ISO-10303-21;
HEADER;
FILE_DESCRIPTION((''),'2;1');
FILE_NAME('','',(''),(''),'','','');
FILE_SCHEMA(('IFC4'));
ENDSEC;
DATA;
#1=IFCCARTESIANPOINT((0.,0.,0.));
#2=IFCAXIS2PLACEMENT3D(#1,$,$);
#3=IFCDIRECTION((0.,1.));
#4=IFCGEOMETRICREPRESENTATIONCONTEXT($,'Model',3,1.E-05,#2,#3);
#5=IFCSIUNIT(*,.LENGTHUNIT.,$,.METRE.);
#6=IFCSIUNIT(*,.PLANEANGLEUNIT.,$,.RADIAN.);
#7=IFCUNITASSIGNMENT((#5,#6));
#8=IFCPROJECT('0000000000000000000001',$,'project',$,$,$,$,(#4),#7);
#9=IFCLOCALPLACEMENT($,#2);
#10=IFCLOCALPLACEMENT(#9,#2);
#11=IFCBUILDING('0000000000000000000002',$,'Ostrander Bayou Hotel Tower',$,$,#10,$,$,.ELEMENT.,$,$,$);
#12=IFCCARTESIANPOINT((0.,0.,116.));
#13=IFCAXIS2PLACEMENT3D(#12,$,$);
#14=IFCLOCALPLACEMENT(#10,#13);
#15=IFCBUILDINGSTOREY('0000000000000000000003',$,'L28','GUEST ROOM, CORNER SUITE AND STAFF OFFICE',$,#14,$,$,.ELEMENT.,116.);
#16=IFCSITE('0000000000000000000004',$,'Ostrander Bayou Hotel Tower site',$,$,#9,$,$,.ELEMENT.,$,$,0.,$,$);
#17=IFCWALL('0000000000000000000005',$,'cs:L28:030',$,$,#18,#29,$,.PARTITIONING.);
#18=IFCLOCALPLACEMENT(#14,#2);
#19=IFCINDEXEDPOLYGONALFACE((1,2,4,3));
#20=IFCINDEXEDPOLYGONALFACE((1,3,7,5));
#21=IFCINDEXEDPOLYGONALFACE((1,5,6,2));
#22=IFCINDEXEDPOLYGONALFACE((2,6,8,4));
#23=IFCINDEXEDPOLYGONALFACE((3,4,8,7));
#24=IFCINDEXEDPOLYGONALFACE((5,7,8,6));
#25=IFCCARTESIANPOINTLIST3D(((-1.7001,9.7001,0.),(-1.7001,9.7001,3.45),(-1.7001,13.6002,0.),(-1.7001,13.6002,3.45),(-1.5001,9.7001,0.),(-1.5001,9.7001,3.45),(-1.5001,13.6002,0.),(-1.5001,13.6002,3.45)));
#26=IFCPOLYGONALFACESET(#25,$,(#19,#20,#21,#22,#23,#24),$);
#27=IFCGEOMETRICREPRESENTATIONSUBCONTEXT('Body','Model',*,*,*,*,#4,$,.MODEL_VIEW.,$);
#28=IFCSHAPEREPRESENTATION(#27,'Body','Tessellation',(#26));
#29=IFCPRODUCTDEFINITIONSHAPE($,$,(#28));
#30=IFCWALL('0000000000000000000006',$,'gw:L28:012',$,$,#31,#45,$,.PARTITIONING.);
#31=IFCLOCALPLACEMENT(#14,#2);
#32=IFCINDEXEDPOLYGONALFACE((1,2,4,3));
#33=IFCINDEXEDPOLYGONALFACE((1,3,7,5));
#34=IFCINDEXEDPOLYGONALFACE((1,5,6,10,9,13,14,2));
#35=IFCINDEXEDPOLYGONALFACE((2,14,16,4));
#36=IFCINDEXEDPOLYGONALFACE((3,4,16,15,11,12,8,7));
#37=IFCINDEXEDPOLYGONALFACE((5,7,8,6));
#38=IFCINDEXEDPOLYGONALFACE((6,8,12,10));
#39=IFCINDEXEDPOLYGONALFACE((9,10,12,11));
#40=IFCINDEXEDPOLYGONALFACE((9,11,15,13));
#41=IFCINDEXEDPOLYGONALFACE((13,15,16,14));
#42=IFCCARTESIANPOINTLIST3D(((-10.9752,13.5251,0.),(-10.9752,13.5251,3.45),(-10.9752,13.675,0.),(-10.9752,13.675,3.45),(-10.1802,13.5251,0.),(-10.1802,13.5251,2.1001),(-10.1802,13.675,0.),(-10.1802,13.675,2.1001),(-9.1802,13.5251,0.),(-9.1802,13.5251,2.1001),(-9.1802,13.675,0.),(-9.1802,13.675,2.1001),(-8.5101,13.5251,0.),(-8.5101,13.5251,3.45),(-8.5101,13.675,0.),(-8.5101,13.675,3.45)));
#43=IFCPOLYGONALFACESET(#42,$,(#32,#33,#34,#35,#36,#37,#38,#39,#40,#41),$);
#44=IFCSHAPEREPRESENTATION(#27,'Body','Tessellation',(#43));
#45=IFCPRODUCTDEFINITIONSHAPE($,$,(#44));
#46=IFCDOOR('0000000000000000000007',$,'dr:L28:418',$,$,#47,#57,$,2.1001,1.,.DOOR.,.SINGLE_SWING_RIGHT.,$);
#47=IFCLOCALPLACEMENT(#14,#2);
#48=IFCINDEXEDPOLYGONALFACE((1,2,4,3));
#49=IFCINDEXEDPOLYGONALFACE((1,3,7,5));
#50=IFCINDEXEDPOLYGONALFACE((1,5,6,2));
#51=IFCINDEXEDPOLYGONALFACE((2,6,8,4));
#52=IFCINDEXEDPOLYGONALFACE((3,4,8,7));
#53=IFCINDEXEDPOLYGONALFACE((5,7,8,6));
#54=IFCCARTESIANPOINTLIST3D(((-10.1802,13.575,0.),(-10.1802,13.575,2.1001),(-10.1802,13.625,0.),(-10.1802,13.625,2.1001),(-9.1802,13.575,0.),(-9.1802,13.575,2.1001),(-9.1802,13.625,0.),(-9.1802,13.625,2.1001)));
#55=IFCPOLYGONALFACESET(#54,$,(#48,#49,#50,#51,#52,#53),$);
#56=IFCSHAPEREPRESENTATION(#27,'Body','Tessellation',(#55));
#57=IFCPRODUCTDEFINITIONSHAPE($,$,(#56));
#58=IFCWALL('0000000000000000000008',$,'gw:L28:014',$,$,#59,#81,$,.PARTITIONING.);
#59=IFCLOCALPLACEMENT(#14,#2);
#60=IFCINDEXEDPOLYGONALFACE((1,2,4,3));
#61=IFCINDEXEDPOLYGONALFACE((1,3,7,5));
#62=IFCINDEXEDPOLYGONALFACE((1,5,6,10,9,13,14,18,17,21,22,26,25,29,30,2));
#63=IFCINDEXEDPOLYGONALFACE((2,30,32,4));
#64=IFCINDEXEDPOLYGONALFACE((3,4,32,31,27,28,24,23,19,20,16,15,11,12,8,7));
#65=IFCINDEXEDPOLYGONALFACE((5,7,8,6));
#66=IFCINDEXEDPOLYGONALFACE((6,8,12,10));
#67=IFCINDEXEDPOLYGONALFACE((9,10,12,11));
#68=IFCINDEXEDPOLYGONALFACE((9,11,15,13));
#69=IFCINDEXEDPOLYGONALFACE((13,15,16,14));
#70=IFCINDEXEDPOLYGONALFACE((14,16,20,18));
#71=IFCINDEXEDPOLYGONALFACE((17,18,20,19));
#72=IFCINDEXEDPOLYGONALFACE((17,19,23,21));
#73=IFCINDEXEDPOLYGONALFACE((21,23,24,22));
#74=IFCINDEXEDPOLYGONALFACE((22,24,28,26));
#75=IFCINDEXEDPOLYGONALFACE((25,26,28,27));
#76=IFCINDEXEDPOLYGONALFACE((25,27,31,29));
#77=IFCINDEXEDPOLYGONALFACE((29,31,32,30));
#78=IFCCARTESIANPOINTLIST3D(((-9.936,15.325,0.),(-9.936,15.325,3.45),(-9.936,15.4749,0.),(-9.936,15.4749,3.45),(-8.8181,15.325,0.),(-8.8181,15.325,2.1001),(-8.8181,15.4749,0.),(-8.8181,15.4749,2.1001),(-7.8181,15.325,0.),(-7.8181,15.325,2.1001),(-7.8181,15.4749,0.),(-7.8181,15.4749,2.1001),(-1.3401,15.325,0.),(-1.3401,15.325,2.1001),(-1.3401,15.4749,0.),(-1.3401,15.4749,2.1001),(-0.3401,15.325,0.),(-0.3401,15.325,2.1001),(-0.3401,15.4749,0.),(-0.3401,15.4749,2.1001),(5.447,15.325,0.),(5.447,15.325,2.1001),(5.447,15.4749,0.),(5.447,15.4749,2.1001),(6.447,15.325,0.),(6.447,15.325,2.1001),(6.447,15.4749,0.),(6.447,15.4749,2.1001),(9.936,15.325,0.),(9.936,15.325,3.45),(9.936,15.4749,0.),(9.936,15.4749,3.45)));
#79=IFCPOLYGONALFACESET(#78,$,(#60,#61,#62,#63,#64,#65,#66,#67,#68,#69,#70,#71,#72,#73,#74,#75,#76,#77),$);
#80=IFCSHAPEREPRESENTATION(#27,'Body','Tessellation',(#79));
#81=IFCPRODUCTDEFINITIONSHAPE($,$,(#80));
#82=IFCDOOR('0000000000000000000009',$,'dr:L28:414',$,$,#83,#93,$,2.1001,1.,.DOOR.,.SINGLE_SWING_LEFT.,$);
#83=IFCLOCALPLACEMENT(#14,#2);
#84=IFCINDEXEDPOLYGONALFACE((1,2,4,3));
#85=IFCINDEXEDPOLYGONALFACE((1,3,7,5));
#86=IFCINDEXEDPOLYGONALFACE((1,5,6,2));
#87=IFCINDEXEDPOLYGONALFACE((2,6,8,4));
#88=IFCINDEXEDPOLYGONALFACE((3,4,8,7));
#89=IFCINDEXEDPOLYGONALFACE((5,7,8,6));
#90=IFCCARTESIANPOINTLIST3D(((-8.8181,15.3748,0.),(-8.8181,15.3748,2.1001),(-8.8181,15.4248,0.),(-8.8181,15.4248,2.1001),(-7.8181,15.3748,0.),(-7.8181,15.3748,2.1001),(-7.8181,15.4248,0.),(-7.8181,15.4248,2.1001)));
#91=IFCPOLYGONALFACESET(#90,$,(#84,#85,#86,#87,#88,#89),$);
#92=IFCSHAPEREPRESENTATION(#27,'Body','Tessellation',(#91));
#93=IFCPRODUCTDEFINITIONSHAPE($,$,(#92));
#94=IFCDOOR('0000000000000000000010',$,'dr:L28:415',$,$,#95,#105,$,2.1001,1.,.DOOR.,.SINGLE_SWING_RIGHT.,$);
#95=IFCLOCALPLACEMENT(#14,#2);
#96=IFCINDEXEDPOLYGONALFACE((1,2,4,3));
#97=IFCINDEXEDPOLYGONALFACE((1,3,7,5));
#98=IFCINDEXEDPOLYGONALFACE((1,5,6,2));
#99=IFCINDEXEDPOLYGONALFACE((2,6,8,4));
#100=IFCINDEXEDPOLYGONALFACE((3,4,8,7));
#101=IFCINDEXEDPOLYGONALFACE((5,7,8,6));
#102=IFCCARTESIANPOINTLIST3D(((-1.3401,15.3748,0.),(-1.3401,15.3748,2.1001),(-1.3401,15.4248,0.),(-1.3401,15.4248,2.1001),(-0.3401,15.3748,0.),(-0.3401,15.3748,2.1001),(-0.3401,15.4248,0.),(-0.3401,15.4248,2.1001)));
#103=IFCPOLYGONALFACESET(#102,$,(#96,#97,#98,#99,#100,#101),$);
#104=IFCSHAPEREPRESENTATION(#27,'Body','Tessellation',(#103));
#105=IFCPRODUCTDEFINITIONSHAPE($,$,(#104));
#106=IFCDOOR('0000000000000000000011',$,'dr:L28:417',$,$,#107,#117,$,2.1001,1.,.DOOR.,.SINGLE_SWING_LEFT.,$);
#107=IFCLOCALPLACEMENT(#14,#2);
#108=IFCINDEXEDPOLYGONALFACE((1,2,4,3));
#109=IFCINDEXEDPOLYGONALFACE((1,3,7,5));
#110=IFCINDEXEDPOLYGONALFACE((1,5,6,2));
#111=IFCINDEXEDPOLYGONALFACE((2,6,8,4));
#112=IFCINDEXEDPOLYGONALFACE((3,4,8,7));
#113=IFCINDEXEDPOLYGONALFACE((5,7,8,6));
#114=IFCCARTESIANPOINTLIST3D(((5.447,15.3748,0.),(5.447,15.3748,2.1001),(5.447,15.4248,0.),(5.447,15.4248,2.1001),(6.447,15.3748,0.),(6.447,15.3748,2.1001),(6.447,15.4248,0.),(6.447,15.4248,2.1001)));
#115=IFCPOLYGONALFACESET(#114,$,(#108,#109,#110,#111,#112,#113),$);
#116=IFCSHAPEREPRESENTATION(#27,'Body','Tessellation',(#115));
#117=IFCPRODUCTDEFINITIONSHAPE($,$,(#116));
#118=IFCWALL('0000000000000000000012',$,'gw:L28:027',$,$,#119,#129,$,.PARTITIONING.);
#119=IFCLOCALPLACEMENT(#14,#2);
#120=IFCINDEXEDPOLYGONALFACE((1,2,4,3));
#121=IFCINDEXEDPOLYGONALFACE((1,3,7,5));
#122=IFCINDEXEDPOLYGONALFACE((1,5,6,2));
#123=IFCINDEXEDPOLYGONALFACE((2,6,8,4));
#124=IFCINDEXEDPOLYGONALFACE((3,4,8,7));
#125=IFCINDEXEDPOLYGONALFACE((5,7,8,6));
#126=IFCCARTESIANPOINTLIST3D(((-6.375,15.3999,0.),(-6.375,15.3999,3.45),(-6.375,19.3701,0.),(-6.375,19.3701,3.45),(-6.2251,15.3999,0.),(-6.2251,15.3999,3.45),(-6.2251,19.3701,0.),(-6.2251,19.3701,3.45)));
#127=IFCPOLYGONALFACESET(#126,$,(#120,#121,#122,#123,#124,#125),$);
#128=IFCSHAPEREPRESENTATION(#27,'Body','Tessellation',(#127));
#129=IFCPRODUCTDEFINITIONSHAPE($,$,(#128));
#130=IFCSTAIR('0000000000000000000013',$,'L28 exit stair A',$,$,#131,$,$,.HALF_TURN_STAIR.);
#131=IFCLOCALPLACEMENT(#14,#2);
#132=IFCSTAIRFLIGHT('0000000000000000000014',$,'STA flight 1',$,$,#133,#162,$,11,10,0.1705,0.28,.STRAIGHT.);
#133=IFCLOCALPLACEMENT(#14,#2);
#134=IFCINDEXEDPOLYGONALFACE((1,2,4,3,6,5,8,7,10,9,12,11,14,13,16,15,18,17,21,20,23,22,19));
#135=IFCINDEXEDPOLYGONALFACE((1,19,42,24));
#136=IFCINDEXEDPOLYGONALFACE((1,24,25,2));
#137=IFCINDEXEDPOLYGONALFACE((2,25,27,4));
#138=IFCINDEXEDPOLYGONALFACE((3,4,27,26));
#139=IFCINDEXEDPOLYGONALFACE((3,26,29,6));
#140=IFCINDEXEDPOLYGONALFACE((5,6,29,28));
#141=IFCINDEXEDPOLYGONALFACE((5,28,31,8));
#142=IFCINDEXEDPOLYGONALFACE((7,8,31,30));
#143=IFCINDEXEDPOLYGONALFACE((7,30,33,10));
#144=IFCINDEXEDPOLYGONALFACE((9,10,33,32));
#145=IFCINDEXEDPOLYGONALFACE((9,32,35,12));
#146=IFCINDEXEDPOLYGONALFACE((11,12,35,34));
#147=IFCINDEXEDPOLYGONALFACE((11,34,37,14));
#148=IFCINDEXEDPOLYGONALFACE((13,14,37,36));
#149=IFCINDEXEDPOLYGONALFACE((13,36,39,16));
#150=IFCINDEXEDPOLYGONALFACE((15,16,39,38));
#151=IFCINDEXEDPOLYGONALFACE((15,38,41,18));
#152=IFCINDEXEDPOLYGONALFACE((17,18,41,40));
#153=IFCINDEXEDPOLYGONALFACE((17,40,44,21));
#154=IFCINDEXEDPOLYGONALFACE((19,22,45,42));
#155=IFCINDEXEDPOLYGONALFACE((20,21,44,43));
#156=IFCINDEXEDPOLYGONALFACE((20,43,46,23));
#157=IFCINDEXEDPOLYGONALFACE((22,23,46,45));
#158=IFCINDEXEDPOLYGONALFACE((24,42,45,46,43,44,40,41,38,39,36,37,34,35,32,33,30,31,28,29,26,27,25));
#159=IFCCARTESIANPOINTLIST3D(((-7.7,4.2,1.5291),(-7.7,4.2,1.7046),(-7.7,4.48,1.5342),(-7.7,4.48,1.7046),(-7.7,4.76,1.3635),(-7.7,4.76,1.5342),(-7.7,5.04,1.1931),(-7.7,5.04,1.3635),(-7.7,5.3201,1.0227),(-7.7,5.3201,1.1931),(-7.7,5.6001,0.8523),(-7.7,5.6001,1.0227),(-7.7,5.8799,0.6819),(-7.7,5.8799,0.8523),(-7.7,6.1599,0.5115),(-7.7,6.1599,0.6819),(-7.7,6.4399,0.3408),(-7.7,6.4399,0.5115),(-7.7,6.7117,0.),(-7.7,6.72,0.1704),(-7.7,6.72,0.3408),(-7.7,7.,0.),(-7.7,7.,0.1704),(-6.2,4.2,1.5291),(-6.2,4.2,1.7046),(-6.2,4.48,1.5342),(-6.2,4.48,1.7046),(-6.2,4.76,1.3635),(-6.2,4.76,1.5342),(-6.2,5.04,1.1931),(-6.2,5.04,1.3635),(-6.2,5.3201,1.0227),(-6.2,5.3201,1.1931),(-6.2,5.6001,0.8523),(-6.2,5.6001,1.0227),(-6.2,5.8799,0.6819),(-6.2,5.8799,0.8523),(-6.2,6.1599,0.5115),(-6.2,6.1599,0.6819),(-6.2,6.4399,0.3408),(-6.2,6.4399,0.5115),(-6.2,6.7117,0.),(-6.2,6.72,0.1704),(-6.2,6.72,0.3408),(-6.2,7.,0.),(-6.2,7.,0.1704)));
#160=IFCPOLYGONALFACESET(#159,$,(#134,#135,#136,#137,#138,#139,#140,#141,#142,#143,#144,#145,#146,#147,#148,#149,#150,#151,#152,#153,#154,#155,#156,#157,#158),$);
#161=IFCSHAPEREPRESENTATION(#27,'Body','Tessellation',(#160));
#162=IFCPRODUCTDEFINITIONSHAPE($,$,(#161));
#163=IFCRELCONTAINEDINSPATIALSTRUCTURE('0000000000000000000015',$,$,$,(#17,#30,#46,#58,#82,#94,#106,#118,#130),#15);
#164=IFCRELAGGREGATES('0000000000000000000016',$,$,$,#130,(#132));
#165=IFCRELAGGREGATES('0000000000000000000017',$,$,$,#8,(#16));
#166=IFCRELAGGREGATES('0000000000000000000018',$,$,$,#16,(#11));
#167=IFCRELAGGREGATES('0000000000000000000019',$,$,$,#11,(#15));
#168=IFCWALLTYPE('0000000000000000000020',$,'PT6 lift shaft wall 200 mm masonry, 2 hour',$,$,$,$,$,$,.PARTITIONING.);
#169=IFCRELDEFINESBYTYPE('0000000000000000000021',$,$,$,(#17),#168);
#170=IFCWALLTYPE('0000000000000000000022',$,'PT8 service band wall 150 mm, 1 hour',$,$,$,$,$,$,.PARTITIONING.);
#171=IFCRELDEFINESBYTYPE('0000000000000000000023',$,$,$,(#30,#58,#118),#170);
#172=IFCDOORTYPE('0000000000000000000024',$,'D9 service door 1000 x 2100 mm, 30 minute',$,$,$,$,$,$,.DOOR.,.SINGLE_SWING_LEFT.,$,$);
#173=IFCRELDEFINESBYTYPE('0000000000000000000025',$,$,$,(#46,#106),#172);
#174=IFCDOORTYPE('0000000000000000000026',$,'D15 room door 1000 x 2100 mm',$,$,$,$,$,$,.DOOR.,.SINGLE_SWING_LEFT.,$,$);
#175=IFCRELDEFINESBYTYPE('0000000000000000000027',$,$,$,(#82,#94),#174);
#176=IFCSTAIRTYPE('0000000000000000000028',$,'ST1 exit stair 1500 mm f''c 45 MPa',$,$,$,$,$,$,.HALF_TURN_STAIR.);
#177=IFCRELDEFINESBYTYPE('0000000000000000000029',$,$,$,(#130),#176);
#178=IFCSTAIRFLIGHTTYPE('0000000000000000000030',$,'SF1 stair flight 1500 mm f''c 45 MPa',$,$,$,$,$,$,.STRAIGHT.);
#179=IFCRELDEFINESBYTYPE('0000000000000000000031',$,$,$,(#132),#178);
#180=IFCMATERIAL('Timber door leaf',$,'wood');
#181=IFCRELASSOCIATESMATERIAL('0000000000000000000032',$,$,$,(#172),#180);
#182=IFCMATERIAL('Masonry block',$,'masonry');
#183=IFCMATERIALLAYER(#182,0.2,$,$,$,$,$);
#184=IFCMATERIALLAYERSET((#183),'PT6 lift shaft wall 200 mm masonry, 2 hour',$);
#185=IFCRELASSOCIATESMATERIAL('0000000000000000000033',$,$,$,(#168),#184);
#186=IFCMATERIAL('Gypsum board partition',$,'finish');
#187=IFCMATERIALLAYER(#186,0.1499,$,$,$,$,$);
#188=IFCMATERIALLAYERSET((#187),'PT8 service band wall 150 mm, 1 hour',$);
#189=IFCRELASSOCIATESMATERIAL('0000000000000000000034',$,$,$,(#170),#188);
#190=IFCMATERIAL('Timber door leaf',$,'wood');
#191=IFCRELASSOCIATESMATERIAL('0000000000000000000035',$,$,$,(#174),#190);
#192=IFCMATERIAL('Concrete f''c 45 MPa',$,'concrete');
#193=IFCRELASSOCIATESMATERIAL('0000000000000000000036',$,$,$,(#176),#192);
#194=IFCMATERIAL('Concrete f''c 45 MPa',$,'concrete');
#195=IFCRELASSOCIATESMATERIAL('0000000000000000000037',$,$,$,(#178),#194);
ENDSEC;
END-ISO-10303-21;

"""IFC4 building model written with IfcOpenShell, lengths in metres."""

from ifc_helpers import new_model, si_unit, direction, frame, frame_2d, origin, place, context, subcontext, project, spatial, polyline, rectangle, outline, extrude, material, layer, layer_set, type_object, element, fill, aggregate, save


model = new_model("IFC4")

# Units and contexts
model_context = context("Model", 3, precision=1e-05, world=origin(), true_north=direction((0.0, 1.0)))
body_context = subcontext(model_context, "Body", "Model", "MODEL_VIEW")
ifc_project = project(units=[si_unit("LENGTHUNIT", "METRE"), si_unit("PLANEANGLEUNIT", "RADIAN")], contexts=[model_context])

# Site, building, storey
site_placement = place(None, origin())
site = spatial("IfcSite", under=ifc_project, at=site_placement, Name="Ostrander Bayou Hotel Tower site", CompositionType="ELEMENT", RefElevation=0.0)
building_placement = place(site_placement, origin())
building = spatial("IfcBuilding", under=site, at=building_placement, Name="Ostrander Bayou Hotel Tower", CompositionType="ELEMENT")
storey_placement = place(building_placement, frame((0.0, 0.0, 116.0)))
storey = spatial("IfcBuildingStorey", under=building, at=storey_placement, Name="L28", Description="GUEST ROOM, CORNER SUITE AND STAFF OFFICE", CompositionType="ELEMENT", Elevation=116.0)

# Shared definitions
ifc_material_1 = material(Name="Timber door leaf", Category="wood")
door_type_1 = type_object("IfcDoorType", Name="D9 service door 1000 x 2100 mm, 30 minute", OperationType="SINGLE_SWING_LEFT", PredefinedType="DOOR", material=ifc_material_1)

# Wall
ifc_material_2 = material(Name="Masonry block", Category="masonry")
ifc_layer_1 = layer(ifc_material_2, 0.2)
ifc_layer_set_1 = layer_set([ifc_layer_1], Name="PT6 lift shaft wall 200 mm masonry, 2 hour")
wall_type_1 = type_object("IfcWallType", Name="PT6 lift shaft wall 200 mm masonry, 2 hour", PredefinedType="PARTITIONING", material=ifc_layer_set_1)
wall_1_placement = place(storey_placement, frame((-1.6001, 9.7, 0.0), z_axis=(0.0, 0.0, 1.0), x_axis=(0.0, 1.0, 0.0)))
element("IfcWall", 1, at=wall_1_placement, inside=storey, type_object=wall_type_1, Name="cs:L28:030", PredefinedType="PARTITIONING", context=body_context, shape_type="SweptSolid", body=[
    extrude(rectangle(XDim=3.9001, YDim=0.2, at=frame_2d((1.9502, 0.0))), origin(), (0.0, 0.0, 1.0), 3.45),
])

# Wall, opening, door
ifc_material_3 = material(Name="Gypsum board partition", Category="finish")
ifc_layer_2 = layer(ifc_material_3, 0.1499)
ifc_layer_set_2 = layer_set([ifc_layer_2], Name="PT8 service band wall 150 mm, 1 hour")
wall_type_2 = type_object("IfcWallType", Name="PT8 service band wall 150 mm, 1 hour", PredefinedType="PARTITIONING", material=ifc_layer_set_2)
wall_2_placement = place(storey_placement, frame((-10.9751, 13.6001, 0.0), z_axis=(0.0, 0.0, 1.0), x_axis=(1.0, 0.0, 0.0)))
wall_2 = element("IfcWall", 2, at=wall_2_placement, inside=storey, type_object=wall_type_2, Name="gw:L28:012", PredefinedType="PARTITIONING", context=body_context, shape_type="SweptSolid", body=[
    extrude(rectangle(XDim=2.4651, YDim=0.1499, at=frame_2d((1.2324, 0.0))), origin(), (0.0, 0.0, 1.0), 3.45),
])
opening_1_placement = place(wall_2_placement, frame((0.7949, 0.0, 0.0)))
opening_1 = element("IfcOpeningElement", 3, at=opening_1_placement, cuts=wall_2, PredefinedType="OPENING", context=body_context, shape_type="SweptSolid", body=[
    extrude(rectangle(XDim=1.0, YDim=2.1001, at=frame_2d((0.5, 1.05))), frame((0.0, 0.075, 0.0), z_axis=(0.0, -1.0, 0.0), x_axis=(1.0, 0.0, 0.0)), (0.0, 0.0, 1.0), 0.1499),
])
door_1_placement = place(opening_1_placement, origin())
door_1 = element("IfcDoor", 4, at=door_1_placement, inside=storey, type_object=door_type_1, Name="dr:L28:418", OperationType="SINGLE_SWING_RIGHT", OverallHeight=2.1001, OverallWidth=1.0, PredefinedType="DOOR", context=body_context, shape_type="SweptSolid", body=[
    extrude(rectangle(XDim=1.0, YDim=2.1001, at=frame_2d((0.5, 1.05))), frame((0.0, 0.0249, 0.0), z_axis=(0.0, -1.0, 0.0), x_axis=(1.0, 0.0, 0.0)), (0.0, 0.0, 1.0), 0.05),
])
fill(opening_1, door_1)

# Wall, openings, doors
wall_3_placement = place(storey_placement, frame((-9.936, 15.3999, 0.0), z_axis=(0.0, 0.0, 1.0), x_axis=(1.0, 0.0, 0.0)))
wall_3 = element("IfcWall", 5, at=wall_3_placement, inside=storey, type_object=wall_type_2, Name="gw:L28:014", PredefinedType="PARTITIONING", context=body_context, shape_type="SweptSolid", body=[
    extrude(rectangle(XDim=19.8721, YDim=0.1499, at=frame_2d((9.936, 0.0))), origin(), (0.0, 0.0, 1.0), 3.45),
])
opening_2_placement = place(wall_3_placement, frame((1.1179, 0.0, 0.0)))
opening_2 = element("IfcOpeningElement", 6, at=opening_2_placement, cuts=wall_3, PredefinedType="OPENING", context=body_context, shape_type="SweptSolid", body=[
    extrude(rectangle(XDim=1.0, YDim=2.1001, at=frame_2d((0.5, 1.05))), frame((0.0, 0.075, 0.0), z_axis=(0.0, -1.0, 0.0), x_axis=(1.0, 0.0, 0.0)), (0.0, 0.0, 1.0), 0.1499),
])
opening_3_placement = place(wall_3_placement, frame((8.5959, 0.0, 0.0)))
opening_3 = element("IfcOpeningElement", 7, at=opening_3_placement, cuts=wall_3, PredefinedType="OPENING", context=body_context, shape_type="SweptSolid", body=[
    extrude(rectangle(XDim=1.0, YDim=2.1001, at=frame_2d((0.5, 1.05))), frame((0.0, 0.075, 0.0), z_axis=(0.0, -1.0, 0.0), x_axis=(1.0, 0.0, 0.0)), (0.0, 0.0, 1.0), 0.1499),
])
opening_4_placement = place(wall_3_placement, frame((15.3831, 0.0, 0.0)))
opening_4 = element("IfcOpeningElement", 8, at=opening_4_placement, cuts=wall_3, PredefinedType="OPENING", context=body_context, shape_type="SweptSolid", body=[
    extrude(rectangle(XDim=1.0, YDim=2.1001, at=frame_2d((0.5, 1.05))), frame((0.0, 0.075, 0.0), z_axis=(0.0, -1.0, 0.0), x_axis=(1.0, 0.0, 0.0)), (0.0, 0.0, 1.0), 0.1499),
])
ifc_material_4 = material(Name="Timber door leaf", Category="wood")
door_type_2 = type_object("IfcDoorType", Name="D15 room door 1000 x 2100 mm", OperationType="SINGLE_SWING_LEFT", PredefinedType="DOOR", material=ifc_material_4)
door_2_placement = place(opening_2_placement, origin())
door_2 = element("IfcDoor", 9, at=door_2_placement, inside=storey, type_object=door_type_2, Name="dr:L28:414", OperationType="SINGLE_SWING_LEFT", OverallHeight=2.1001, OverallWidth=1.0, PredefinedType="DOOR", context=body_context, shape_type="SweptSolid", body=[
    extrude(rectangle(XDim=1.0, YDim=2.1001, at=frame_2d((0.5, 1.05))), frame((0.0, 0.0249, 0.0), z_axis=(0.0, -1.0, 0.0), x_axis=(1.0, 0.0, 0.0)), (0.0, 0.0, 1.0), 0.05),
])
fill(opening_2, door_2)
door_3_placement = place(opening_3_placement, origin())
door_3 = element("IfcDoor", 10, at=door_3_placement, inside=storey, type_object=door_type_2, Name="dr:L28:415", OperationType="SINGLE_SWING_RIGHT", OverallHeight=2.1001, OverallWidth=1.0, PredefinedType="DOOR", context=body_context, shape_type="SweptSolid", body=[
    extrude(rectangle(XDim=1.0, YDim=2.1001, at=frame_2d((0.5, 1.05))), frame((0.0, 0.0249, 0.0), z_axis=(0.0, -1.0, 0.0), x_axis=(1.0, 0.0, 0.0)), (0.0, 0.0, 1.0), 0.05),
])
fill(opening_3, door_3)
door_4_placement = place(opening_4_placement, origin())
door_4 = element("IfcDoor", 11, at=door_4_placement, inside=storey, type_object=door_type_1, Name="dr:L28:417", OperationType="SINGLE_SWING_LEFT", OverallHeight=2.1001, OverallWidth=1.0, PredefinedType="DOOR", context=body_context, shape_type="SweptSolid", body=[
    extrude(rectangle(XDim=1.0, YDim=2.1001, at=frame_2d((0.5, 1.05))), frame((0.0, 0.0249, 0.0), z_axis=(0.0, -1.0, 0.0), x_axis=(1.0, 0.0, 0.0)), (0.0, 0.0, 1.0), 0.05),
])
fill(opening_4, door_4)

# Wall
wall_4_placement = place(storey_placement, frame((-6.3, 15.3999, 0.0), z_axis=(0.0, 0.0, 1.0), x_axis=(0.0, 1.0, 0.0)))
element("IfcWall", 12, at=wall_4_placement, inside=storey, type_object=wall_type_2, Name="gw:L28:027", PredefinedType="PARTITIONING", context=body_context, shape_type="SweptSolid", body=[
    extrude(rectangle(XDim=3.9702, YDim=0.1499, at=frame_2d((1.9851, 0.0))), origin(), (0.0, 0.0, 1.0), 3.45),
])

# Stair, stair flight
ifc_material_5 = material(Name="Concrete f'c 45 MPa", Category="concrete")
stair_type = type_object("IfcStairType", Name="ST1 exit stair 1500 mm f'c 45 MPa", PredefinedType="HALF_TURN_STAIR", material=ifc_material_5)
stair_placement = place(storey_placement, origin())
stair = element("IfcStair", 13, at=stair_placement, inside=storey, type_object=stair_type, Name="L28 exit stair A", PredefinedType="HALF_TURN_STAIR")
ifc_material_6 = material(Name="Concrete f'c 45 MPa", Category="concrete")
stair_flight_type = type_object("IfcStairFlightType", Name="SF1 stair flight 1500 mm f'c 45 MPa", PredefinedType="STRAIGHT", material=ifc_material_6)
stair_flight_placement = place(storey_placement, frame((-6.95, 7.0, 0.0), z_axis=(0.0, 0.0, 1.0), x_axis=(0.0, -1.0, 0.0)))
stair_flight = element("IfcStairFlight", 14, at=stair_flight_placement, type_object=stair_flight_type, Name="STA flight 1", NumberOfRisers=11, NumberOfTreads=10, PredefinedType="STRAIGHT", RiserHeight=0.1705, TreadLength=0.28, context=body_context, shape_type="SweptSolid", body=[
    extrude(outline(polyline([(0.0, 0.0), (0.0, 0.1704), (0.28, 0.1704), (0.28, 0.3408), (0.5601, 0.3408), (0.5601, 0.5115), (0.8401, 0.5115), (0.8401, 0.6819), (1.1201, 0.6819), (1.1201, 0.8523), (1.3999, 0.8523), (1.3999, 1.0227), (1.6799, 1.0227), (1.6799, 1.1931), (1.96, 1.1931), (1.96, 1.3635), (2.24, 1.3635), (2.24, 1.5342), (2.52, 1.5342), (2.52, 1.7046), (2.8, 1.7046), (2.8, 1.875), (2.8, 1.5291), (0.2883, 0.0), (0.0, 0.0)])), frame((0.0, 0.75, 0.0), z_axis=(0.0, -1.0, 0.0), x_axis=(1.0, 0.0, 0.0)), (0.0, 0.0, 1.0), 1.5),
])
aggregate(stair, [stair_flight])

save(model, "model.ifc")
